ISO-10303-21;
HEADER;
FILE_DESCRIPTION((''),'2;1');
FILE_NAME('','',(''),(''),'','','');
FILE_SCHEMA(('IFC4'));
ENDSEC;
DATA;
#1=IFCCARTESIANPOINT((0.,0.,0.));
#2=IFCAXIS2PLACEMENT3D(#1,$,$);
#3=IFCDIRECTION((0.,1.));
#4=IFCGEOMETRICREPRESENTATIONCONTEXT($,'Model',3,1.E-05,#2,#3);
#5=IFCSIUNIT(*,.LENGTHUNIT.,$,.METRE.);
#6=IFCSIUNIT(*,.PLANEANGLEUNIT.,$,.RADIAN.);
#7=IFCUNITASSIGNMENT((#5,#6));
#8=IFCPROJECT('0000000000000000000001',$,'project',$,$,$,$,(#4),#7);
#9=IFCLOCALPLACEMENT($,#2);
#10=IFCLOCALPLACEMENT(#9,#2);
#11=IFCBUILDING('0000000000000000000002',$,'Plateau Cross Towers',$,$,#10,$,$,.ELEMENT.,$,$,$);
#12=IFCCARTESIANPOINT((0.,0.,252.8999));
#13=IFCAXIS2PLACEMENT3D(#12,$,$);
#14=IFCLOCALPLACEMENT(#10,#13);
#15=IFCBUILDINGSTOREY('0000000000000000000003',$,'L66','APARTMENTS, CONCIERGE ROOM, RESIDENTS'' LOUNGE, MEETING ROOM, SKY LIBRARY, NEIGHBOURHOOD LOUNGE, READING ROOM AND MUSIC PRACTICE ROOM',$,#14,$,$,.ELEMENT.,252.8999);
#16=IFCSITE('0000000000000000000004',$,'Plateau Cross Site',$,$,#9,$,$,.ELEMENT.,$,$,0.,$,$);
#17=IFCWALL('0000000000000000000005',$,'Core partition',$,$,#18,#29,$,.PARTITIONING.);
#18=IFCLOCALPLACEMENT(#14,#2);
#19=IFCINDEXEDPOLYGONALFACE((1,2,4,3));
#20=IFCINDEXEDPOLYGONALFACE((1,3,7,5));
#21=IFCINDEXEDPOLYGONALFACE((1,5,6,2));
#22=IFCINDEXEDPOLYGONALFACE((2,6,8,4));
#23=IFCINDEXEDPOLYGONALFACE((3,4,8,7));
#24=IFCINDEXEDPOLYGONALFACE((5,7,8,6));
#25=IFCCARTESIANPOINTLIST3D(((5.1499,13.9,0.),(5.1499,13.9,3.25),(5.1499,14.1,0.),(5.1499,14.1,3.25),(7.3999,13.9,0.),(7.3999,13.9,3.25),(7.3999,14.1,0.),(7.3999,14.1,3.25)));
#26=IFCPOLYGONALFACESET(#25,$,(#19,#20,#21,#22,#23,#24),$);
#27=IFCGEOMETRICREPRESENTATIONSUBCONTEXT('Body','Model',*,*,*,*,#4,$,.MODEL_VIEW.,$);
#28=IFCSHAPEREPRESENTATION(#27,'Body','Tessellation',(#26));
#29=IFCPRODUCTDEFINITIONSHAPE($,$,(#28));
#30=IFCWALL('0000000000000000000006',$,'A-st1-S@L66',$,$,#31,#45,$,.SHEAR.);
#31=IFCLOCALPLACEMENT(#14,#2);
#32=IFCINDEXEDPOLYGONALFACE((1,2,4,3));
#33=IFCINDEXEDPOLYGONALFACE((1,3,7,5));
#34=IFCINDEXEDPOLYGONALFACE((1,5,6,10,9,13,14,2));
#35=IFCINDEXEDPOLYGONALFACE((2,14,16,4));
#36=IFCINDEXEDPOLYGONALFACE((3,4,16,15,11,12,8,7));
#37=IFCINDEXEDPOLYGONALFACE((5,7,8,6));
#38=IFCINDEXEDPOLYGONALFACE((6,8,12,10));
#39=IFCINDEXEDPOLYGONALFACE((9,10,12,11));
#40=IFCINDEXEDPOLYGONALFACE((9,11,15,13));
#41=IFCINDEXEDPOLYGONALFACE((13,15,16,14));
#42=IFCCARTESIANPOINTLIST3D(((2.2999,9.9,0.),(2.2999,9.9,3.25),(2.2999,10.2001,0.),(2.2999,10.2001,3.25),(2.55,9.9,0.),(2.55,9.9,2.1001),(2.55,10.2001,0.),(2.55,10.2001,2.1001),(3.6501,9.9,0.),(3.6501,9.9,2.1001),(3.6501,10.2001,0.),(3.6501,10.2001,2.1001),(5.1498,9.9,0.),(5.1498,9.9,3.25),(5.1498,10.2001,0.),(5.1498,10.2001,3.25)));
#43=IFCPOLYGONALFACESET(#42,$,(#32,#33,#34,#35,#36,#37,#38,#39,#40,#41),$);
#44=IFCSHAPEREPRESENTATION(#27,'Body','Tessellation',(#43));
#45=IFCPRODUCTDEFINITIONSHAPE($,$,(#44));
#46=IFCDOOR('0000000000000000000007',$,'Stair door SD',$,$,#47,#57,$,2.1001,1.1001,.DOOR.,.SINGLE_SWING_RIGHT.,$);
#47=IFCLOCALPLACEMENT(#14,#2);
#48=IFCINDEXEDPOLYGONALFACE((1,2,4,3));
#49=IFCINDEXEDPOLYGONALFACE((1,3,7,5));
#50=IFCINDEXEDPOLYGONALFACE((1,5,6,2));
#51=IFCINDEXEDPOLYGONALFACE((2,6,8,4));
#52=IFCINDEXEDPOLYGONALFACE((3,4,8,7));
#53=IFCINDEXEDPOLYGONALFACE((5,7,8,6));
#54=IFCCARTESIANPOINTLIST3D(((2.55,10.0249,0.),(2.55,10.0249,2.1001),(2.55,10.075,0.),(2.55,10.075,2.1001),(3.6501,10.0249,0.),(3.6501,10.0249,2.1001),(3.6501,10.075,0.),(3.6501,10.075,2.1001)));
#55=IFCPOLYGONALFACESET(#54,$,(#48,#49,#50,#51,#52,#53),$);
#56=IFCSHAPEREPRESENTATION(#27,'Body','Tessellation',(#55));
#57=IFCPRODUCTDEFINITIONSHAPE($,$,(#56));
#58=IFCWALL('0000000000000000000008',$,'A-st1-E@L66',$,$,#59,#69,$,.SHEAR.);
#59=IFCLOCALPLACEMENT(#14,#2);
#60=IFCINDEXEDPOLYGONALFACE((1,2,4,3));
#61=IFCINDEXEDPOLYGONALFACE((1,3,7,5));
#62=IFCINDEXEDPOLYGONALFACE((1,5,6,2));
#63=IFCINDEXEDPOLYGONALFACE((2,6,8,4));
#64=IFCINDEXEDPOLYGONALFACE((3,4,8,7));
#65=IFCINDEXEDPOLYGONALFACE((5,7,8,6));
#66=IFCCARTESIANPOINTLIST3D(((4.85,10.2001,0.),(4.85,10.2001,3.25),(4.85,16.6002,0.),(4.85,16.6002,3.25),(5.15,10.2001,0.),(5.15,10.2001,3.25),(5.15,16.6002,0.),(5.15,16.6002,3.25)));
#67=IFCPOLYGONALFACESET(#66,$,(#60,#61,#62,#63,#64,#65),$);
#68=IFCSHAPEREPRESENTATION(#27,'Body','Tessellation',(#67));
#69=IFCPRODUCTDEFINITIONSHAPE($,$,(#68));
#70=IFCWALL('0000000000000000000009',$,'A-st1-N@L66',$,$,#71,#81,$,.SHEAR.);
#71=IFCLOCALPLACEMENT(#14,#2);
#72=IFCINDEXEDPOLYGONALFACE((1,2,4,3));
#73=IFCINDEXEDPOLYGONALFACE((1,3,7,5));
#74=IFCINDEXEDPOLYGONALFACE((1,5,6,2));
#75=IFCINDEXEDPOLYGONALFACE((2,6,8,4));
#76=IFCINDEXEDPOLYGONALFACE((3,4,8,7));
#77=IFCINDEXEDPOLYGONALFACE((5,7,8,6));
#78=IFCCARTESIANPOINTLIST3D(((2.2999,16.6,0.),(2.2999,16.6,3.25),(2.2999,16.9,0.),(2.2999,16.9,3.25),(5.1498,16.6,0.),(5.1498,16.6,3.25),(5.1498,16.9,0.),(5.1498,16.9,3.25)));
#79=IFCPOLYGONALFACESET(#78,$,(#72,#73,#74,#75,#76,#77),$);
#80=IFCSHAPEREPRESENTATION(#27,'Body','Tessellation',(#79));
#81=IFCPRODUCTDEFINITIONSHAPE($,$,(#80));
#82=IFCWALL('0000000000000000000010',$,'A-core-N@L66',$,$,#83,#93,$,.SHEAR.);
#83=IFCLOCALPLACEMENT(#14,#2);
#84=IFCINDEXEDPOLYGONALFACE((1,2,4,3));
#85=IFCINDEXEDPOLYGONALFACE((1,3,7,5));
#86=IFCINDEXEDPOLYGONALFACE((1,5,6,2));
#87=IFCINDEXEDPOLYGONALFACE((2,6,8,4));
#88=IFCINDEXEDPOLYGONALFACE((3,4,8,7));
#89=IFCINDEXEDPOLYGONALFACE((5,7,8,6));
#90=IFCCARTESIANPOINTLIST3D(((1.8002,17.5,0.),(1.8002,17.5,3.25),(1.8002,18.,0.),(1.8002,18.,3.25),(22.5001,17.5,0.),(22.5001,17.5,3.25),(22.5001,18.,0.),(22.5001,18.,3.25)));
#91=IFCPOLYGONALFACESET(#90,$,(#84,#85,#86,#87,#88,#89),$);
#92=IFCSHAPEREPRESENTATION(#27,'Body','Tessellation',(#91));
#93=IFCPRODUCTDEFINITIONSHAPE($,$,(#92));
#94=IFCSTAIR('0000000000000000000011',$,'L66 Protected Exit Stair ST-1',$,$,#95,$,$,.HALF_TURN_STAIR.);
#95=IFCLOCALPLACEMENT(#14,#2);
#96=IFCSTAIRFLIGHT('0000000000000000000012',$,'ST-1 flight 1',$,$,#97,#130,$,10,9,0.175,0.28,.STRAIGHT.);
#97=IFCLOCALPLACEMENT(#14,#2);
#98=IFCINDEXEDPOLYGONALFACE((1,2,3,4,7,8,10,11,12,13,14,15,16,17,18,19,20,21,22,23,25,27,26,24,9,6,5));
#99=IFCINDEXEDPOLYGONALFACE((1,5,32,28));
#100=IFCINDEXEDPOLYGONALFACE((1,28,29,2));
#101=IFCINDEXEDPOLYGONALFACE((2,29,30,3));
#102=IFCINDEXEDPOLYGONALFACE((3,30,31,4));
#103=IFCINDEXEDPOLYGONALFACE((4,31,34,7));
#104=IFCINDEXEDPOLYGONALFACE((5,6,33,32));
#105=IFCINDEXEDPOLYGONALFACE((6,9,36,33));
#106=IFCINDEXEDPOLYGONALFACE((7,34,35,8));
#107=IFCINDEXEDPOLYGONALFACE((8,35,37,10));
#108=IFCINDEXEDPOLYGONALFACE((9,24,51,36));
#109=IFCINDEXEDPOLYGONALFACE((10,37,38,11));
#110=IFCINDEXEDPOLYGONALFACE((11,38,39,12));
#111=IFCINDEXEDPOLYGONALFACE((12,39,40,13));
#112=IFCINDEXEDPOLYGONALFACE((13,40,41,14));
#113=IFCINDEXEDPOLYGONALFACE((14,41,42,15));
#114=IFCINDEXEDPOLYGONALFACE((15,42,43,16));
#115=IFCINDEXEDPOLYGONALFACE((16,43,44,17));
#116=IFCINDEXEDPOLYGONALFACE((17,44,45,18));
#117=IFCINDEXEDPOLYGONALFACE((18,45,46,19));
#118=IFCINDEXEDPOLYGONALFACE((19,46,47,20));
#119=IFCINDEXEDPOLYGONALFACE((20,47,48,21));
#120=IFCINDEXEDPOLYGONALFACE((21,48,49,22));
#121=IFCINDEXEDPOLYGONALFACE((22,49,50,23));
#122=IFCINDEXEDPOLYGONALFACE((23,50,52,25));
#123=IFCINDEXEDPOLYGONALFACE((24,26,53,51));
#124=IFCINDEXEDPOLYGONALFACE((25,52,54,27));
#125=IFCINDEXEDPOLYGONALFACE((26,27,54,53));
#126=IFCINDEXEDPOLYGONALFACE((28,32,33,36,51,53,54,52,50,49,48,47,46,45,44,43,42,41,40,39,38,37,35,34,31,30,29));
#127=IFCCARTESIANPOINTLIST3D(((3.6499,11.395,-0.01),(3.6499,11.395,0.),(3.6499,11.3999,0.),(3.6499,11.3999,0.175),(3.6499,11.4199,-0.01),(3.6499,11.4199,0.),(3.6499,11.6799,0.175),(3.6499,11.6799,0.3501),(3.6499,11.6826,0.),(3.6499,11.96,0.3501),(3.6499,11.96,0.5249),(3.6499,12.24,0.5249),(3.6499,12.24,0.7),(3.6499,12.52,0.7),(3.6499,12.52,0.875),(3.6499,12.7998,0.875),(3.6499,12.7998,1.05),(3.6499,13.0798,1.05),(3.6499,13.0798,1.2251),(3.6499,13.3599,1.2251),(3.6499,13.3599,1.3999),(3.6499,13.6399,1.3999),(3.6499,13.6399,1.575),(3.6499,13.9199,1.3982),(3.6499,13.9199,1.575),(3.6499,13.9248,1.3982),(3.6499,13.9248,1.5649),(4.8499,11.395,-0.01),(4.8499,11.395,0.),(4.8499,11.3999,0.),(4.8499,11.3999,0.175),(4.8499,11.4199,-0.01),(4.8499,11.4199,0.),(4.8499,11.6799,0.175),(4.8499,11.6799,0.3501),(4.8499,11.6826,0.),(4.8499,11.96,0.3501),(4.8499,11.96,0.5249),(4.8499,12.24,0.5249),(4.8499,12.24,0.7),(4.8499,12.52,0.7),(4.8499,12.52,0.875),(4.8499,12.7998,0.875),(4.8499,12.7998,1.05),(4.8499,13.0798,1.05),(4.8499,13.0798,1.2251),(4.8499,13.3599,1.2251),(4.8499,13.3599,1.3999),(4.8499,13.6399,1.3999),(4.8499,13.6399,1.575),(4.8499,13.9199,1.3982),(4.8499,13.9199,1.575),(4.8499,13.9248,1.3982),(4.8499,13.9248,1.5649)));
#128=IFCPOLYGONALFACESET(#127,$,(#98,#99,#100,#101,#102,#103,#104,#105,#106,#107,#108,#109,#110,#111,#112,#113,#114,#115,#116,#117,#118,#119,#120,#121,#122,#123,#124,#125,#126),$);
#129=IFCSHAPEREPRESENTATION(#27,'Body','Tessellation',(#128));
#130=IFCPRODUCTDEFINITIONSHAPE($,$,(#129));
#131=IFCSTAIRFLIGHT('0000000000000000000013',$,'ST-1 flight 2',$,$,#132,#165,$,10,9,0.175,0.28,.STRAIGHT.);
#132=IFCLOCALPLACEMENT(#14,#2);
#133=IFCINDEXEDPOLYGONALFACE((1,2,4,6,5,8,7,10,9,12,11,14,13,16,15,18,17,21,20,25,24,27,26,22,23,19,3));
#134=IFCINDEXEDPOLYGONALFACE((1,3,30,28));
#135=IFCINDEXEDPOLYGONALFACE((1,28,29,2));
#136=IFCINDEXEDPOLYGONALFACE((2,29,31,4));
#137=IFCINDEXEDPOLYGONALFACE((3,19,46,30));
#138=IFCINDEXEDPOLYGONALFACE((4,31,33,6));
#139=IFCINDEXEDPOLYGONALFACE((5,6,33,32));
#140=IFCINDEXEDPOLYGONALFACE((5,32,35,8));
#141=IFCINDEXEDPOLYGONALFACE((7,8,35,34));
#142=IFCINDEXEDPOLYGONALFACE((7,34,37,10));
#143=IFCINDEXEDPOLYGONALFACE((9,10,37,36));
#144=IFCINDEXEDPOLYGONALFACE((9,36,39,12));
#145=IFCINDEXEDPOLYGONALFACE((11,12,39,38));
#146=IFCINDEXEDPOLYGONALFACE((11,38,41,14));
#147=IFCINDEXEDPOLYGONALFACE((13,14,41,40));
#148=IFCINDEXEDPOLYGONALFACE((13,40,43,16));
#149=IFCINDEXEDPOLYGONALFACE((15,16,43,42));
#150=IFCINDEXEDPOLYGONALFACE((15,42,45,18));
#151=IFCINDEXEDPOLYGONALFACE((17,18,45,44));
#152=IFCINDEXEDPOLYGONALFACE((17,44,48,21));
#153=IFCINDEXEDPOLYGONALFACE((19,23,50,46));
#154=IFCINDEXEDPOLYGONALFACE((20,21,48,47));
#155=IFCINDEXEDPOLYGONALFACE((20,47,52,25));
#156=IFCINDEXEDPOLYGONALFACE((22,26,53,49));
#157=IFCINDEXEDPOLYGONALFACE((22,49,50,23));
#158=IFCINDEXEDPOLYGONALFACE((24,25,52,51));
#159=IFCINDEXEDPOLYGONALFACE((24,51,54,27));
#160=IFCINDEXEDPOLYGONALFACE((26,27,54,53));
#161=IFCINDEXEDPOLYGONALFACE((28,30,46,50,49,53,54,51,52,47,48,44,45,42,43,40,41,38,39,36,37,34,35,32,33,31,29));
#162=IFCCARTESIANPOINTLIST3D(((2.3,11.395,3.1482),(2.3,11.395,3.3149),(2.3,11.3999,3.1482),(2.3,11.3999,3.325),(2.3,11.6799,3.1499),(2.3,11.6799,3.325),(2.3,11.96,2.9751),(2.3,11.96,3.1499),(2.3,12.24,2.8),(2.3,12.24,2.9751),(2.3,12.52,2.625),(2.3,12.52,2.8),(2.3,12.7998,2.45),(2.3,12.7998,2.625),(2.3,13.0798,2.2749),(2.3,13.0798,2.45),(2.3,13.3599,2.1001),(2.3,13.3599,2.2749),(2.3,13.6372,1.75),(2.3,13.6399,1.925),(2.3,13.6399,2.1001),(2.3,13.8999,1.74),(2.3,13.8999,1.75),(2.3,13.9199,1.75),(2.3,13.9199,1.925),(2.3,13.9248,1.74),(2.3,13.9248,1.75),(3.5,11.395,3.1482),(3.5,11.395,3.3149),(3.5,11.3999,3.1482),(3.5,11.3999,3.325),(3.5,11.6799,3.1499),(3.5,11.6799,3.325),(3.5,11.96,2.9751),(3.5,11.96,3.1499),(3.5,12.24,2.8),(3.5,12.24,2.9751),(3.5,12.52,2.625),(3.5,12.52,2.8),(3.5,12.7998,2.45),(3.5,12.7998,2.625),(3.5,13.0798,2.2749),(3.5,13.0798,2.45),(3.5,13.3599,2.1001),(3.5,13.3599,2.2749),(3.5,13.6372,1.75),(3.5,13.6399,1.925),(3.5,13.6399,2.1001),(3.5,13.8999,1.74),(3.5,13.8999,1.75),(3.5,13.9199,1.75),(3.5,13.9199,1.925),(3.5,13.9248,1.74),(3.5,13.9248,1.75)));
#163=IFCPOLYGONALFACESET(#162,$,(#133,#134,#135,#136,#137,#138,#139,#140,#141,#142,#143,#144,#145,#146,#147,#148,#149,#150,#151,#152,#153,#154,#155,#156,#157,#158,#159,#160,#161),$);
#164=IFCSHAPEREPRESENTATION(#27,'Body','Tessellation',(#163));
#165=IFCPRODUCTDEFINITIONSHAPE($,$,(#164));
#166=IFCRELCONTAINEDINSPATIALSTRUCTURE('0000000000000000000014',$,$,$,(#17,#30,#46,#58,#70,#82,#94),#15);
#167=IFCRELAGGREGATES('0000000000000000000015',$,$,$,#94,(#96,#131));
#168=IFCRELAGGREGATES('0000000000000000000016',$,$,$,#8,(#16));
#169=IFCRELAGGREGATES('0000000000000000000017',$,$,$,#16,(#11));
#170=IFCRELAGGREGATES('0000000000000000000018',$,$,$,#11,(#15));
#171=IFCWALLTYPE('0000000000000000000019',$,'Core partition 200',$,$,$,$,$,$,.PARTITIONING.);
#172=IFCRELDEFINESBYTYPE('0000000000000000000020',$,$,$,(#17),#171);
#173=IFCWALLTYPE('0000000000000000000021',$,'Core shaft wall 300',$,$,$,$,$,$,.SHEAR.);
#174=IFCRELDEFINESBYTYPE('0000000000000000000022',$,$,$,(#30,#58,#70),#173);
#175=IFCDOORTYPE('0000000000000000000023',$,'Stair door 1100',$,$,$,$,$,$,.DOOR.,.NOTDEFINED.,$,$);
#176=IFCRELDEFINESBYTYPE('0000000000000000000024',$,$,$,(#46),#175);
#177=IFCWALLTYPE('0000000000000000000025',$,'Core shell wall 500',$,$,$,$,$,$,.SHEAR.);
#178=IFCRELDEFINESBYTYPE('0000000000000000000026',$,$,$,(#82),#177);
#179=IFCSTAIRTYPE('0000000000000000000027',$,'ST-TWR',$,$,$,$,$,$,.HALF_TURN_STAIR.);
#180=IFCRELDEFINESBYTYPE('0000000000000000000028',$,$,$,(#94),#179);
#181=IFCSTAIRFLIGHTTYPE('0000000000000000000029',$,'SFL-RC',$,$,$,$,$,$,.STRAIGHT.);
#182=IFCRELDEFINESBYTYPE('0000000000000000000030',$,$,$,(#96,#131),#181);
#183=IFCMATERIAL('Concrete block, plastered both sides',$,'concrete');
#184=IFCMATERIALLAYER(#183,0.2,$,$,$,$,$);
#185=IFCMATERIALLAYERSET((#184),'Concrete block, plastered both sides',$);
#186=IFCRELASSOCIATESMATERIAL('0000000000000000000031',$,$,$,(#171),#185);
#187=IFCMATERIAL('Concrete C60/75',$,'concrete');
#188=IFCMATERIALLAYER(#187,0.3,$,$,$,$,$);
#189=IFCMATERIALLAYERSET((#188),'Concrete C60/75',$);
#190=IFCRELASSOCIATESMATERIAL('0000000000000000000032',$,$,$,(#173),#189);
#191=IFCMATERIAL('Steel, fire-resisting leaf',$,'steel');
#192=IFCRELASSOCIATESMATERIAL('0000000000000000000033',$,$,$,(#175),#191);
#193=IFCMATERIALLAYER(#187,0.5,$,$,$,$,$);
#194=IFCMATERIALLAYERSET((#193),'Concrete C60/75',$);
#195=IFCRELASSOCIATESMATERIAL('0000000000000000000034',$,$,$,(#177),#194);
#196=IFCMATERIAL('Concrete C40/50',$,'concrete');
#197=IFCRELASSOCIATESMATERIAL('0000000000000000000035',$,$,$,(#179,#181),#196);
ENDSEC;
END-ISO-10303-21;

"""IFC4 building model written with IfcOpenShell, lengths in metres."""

from ifc_helpers import new_model, si_unit, direction, frame, frame_2d, origin, place, context, subcontext, project, spatial, polyline, rectangle, outline, extrude, material, layer, layer_set, type_object, element, fill, aggregate, save


model = new_model("IFC4")

# Units and contexts
model_context = context("Model", 3, precision=1e-05, world=origin(), true_north=direction((0.0, 1.0)))
body_context = subcontext(model_context, "Body", "Model", "MODEL_VIEW")
ifc_project = project(units=[si_unit("LENGTHUNIT", "METRE"), si_unit("PLANEANGLEUNIT", "RADIAN")], contexts=[model_context])

# Site, building, storey
site_placement = place(None, origin())
site = spatial("IfcSite", under=ifc_project, at=site_placement, Name="Plateau Cross Site", CompositionType="ELEMENT", RefElevation=0.0)
building_placement = place(site_placement, origin())
building = spatial("IfcBuilding", under=site, at=building_placement, Name="Plateau Cross Towers", CompositionType="ELEMENT")
storey_placement = place(building_placement, frame((0.0, 0.0, 252.8999)))
storey = spatial("IfcBuildingStorey", under=building, at=storey_placement, Name="L66", Description="APARTMENTS, CONCIERGE ROOM, RESIDENTS' LOUNGE, MEETING ROOM, SKY LIBRARY, NEIGHBOURHOOD LOUNGE, READING ROOM AND MUSIC PRACTICE ROOM", CompositionType="ELEMENT", Elevation=252.8999)

# Shared definitions
ifc_material_1 = material(Name="Concrete C60/75", Category="concrete")

# Wall
ifc_material_2 = material(Name="Concrete block, plastered both sides", Category="concrete")
ifc_layer_1 = layer(ifc_material_2, 0.2)
ifc_layer_set_1 = layer_set([ifc_layer_1], Name="Concrete block, plastered both sides")
wall_type_1 = type_object("IfcWallType", Name="Core partition 200", PredefinedType="PARTITIONING", material=ifc_layer_set_1)
wall_1_placement = place(storey_placement, frame((5.1499, 14.0, 0.0), z_axis=(0.0, 0.0, 1.0), x_axis=(1.0, 0.0, 0.0)))
element("IfcWall", 1, at=wall_1_placement, inside=storey, type_object=wall_type_1, Name="Core partition", PredefinedType="PARTITIONING", context=body_context, shape_type="SweptSolid", body=[
    extrude(rectangle(XDim=2.25, YDim=0.2, at=frame_2d((1.125, 0.0))), origin(), (0.0, 0.0, 1.0), 3.25),
])

# Wall, opening, door
ifc_layer_2 = layer(ifc_material_1, 0.3)
ifc_layer_set_2 = layer_set([ifc_layer_2], Name="Concrete C60/75")
wall_type_2 = type_object("IfcWallType", Name="Core shaft wall 300", PredefinedType="SHEAR", material=ifc_layer_set_2)
wall_2_placement = place(storey_placement, frame((2.3, 10.05, 0.0), z_axis=(0.0, 0.0, 1.0), x_axis=(1.0, 0.0, 0.0)))
wall_2 = element("IfcWall", 2, at=wall_2_placement, inside=storey, type_object=wall_type_2, Name="A-st1-S@L66", PredefinedType="SHEAR", context=body_context, shape_type="SweptSolid", body=[
    extrude(rectangle(XDim=2.8499, YDim=0.3, at=frame_2d((1.4248, 0.0))), origin(), (0.0, 0.0, 1.0), 3.25),
])
opening_placement = place(wall_2_placement, frame((0.25, 0.0, 0.0)))
opening = element("IfcOpeningElement", 3, at=opening_placement, cuts=wall_2, PredefinedType="OPENING", context=body_context, shape_type="SweptSolid", body=[
    extrude(rectangle(XDim=1.1001, YDim=2.1001, at=frame_2d((0.55, 1.05))), frame((0.0, 0.1599, 0.0), z_axis=(0.0, -1.0, 0.0), x_axis=(1.0, 0.0, 0.0)), (0.0, 0.0, 1.0), 0.3201),
])
ifc_material_3 = material(Name="Steel, fire-resisting leaf", Category="steel")
door_type = type_object("IfcDoorType", Name="Stair door 1100", OperationType="NOTDEFINED", PredefinedType="DOOR", material=ifc_material_3)
door_placement = place(opening_placement, origin())
door = element("IfcDoor", 4, at=door_placement, inside=storey, type_object=door_type, Name="Stair door SD", OperationType="SINGLE_SWING_RIGHT", OverallHeight=2.1001, OverallWidth=1.1001, PredefinedType="DOOR", context=body_context, shape_type="SweptSolid", body=[
    extrude(rectangle(XDim=1.1001, YDim=2.1001, at=frame_2d((0.55, 1.05))), frame((0.0, 0.0249, 0.0), z_axis=(0.0, -1.0, 0.0), x_axis=(1.0, 0.0, 0.0)), (0.0, 0.0, 1.0), 0.05),
])
fill(opening, door)

# Walls
wall_3_placement = place(storey_placement, frame((5.0, 10.2, 0.0), z_axis=(0.0, 0.0, 1.0), x_axis=(0.0, 1.0, 0.0)))
element("IfcWall", 5, at=wall_3_placement, inside=storey, type_object=wall_type_2, Name="A-st1-E@L66", PredefinedType="SHEAR", context=body_context, shape_type="SweptSolid", body=[
    extrude(rectangle(XDim=6.4001, YDim=0.3, at=frame_2d((3.2002, 0.0))), origin(), (0.0, 0.0, 1.0), 3.25),
])
wall_4_placement = place(storey_placement, frame((2.3, 16.75, 0.0), z_axis=(0.0, 0.0, 1.0), x_axis=(1.0, 0.0, 0.0)))
element("IfcWall", 6, at=wall_4_placement, inside=storey, type_object=wall_type_2, Name="A-st1-N@L66", PredefinedType="SHEAR", context=body_context, shape_type="SweptSolid", body=[
    extrude(rectangle(XDim=2.8499, YDim=0.3, at=frame_2d((1.4248, 0.0))), origin(), (0.0, 0.0, 1.0), 3.25),
])
ifc_layer_3 = layer(ifc_material_1, 0.5)
ifc_layer_set_3 = layer_set([ifc_layer_3], Name="Concrete C60/75")
wall_type_3 = type_object("IfcWallType", Name="Core shell wall 500", PredefinedType="SHEAR", material=ifc_layer_set_3)
wall_5_placement = place(storey_placement, frame((1.8, 17.75, 0.0), z_axis=(0.0, 0.0, 1.0), x_axis=(1.0, 0.0, 0.0)))
element("IfcWall", 7, at=wall_5_placement, inside=storey, type_object=wall_type_3, Name="A-core-N@L66", PredefinedType="SHEAR", context=body_context, shape_type="SweptSolid", body=[
    extrude(rectangle(XDim=20.7, YDim=0.5, at=frame_2d((10.3501, 0.0))), origin(), (0.0, 0.0, 1.0), 3.25),
])

# Stair, stair flights
ifc_material_4 = material(Name="Concrete C40/50", Category="concrete")
stair_type = type_object("IfcStairType", Name="ST-TWR", PredefinedType="HALF_TURN_STAIR", material=ifc_material_4)
stair_placement = place(storey_placement, origin())
stair = element("IfcStair", 8, at=stair_placement, inside=storey, type_object=stair_type, Name="L66 Protected Exit Stair ST-1", PredefinedType="HALF_TURN_STAIR")
stair_flight_type = type_object("IfcStairFlightType", Name="SFL-RC", PredefinedType="STRAIGHT", material=ifc_material_4)
stair_flight_1_placement = place(storey_placement, frame((4.25, 11.3999, 0.0), z_axis=(0.0, 0.0, 1.0), x_axis=(0.0, 1.0, 0.0)))
stair_flight_1 = element("IfcStairFlight", 9, at=stair_flight_1_placement, type_object=stair_flight_type, Name="ST-1 flight 1", NumberOfRisers=10, NumberOfTreads=9, PredefinedType="STRAIGHT", RiserHeight=0.175, TreadLength=0.28, context=body_context, shape_type="SweptSolid", body=[
    extrude(outline(polyline([(-0.0049, -0.01), (-0.0049, 0.0), (0.0, 0.0), (0.0, 0.175), (0.28, 0.175), (0.28, 0.3501), (0.5601, 0.3501), (0.5601, 0.5249), (0.8401, 0.5249), (0.8401, 0.7), (1.1201, 0.7), (1.1201, 0.875), (1.3999, 0.875), (1.3999, 1.05), (1.6799, 1.05), (1.6799, 1.2251), (1.96, 1.2251), (1.96, 1.3999), (2.24, 1.3999), (2.24, 1.575), (2.52, 1.575), (2.5249, 1.5649), (2.5249, 1.3982), (2.52, 1.3982), (0.2827, 0.0), (0.02, 0.0), (0.02, -0.01), (-0.0049, -0.01)])), frame((0.0, 0.6001, 0.0), z_axis=(0.0, -1.0, 0.0), x_axis=(1.0, 0.0, 0.0)), (0.0, 0.0, 1.0), 1.2),
])
stair_flight_2_placement = place(storey_placement, frame((2.8999, 13.9199, 1.75), z_axis=(0.0, 0.0, 1.0), x_axis=(0.0, -1.0, 0.0)))
stair_flight_2 = element("IfcStairFlight", 10, at=stair_flight_2_placement, type_object=stair_flight_type, Name="ST-1 flight 2", NumberOfRisers=10, NumberOfTreads=9, PredefinedType="STRAIGHT", RiserHeight=0.175, TreadLength=0.28, context=body_context, shape_type="SweptSolid", body=[
    extrude(outline(polyline([(-0.0049, -0.01), (-0.0049, 0.0), (0.0, 0.0), (0.0, 0.175), (0.28, 0.175), (0.28, 0.3501), (0.5601, 0.3501), (0.5601, 0.5249), (0.8401, 0.5249), (0.8401, 0.7), (1.1201, 0.7), (1.1201, 0.875), (1.3999, 0.875), (1.3999, 1.05), (1.6799, 1.05), (1.6799, 1.2251), (1.96, 1.2251), (1.96, 1.3999), (2.24, 1.3999), (2.24, 1.575), (2.52, 1.575), (2.5249, 1.5649), (2.5249, 1.3982), (2.52, 1.3982), (0.2827, 0.0), (0.02, 0.0), (0.02, -0.01), (-0.0049, -0.01)])), frame((0.0, 0.6001, 0.0), z_axis=(0.0, -1.0, 0.0), x_axis=(1.0, 0.0, 0.0)), (0.0, 0.0, 1.0), 1.2),
])
aggregate(stair, [stair_flight_1, stair_flight_2])

save(model, "model.ifc")
